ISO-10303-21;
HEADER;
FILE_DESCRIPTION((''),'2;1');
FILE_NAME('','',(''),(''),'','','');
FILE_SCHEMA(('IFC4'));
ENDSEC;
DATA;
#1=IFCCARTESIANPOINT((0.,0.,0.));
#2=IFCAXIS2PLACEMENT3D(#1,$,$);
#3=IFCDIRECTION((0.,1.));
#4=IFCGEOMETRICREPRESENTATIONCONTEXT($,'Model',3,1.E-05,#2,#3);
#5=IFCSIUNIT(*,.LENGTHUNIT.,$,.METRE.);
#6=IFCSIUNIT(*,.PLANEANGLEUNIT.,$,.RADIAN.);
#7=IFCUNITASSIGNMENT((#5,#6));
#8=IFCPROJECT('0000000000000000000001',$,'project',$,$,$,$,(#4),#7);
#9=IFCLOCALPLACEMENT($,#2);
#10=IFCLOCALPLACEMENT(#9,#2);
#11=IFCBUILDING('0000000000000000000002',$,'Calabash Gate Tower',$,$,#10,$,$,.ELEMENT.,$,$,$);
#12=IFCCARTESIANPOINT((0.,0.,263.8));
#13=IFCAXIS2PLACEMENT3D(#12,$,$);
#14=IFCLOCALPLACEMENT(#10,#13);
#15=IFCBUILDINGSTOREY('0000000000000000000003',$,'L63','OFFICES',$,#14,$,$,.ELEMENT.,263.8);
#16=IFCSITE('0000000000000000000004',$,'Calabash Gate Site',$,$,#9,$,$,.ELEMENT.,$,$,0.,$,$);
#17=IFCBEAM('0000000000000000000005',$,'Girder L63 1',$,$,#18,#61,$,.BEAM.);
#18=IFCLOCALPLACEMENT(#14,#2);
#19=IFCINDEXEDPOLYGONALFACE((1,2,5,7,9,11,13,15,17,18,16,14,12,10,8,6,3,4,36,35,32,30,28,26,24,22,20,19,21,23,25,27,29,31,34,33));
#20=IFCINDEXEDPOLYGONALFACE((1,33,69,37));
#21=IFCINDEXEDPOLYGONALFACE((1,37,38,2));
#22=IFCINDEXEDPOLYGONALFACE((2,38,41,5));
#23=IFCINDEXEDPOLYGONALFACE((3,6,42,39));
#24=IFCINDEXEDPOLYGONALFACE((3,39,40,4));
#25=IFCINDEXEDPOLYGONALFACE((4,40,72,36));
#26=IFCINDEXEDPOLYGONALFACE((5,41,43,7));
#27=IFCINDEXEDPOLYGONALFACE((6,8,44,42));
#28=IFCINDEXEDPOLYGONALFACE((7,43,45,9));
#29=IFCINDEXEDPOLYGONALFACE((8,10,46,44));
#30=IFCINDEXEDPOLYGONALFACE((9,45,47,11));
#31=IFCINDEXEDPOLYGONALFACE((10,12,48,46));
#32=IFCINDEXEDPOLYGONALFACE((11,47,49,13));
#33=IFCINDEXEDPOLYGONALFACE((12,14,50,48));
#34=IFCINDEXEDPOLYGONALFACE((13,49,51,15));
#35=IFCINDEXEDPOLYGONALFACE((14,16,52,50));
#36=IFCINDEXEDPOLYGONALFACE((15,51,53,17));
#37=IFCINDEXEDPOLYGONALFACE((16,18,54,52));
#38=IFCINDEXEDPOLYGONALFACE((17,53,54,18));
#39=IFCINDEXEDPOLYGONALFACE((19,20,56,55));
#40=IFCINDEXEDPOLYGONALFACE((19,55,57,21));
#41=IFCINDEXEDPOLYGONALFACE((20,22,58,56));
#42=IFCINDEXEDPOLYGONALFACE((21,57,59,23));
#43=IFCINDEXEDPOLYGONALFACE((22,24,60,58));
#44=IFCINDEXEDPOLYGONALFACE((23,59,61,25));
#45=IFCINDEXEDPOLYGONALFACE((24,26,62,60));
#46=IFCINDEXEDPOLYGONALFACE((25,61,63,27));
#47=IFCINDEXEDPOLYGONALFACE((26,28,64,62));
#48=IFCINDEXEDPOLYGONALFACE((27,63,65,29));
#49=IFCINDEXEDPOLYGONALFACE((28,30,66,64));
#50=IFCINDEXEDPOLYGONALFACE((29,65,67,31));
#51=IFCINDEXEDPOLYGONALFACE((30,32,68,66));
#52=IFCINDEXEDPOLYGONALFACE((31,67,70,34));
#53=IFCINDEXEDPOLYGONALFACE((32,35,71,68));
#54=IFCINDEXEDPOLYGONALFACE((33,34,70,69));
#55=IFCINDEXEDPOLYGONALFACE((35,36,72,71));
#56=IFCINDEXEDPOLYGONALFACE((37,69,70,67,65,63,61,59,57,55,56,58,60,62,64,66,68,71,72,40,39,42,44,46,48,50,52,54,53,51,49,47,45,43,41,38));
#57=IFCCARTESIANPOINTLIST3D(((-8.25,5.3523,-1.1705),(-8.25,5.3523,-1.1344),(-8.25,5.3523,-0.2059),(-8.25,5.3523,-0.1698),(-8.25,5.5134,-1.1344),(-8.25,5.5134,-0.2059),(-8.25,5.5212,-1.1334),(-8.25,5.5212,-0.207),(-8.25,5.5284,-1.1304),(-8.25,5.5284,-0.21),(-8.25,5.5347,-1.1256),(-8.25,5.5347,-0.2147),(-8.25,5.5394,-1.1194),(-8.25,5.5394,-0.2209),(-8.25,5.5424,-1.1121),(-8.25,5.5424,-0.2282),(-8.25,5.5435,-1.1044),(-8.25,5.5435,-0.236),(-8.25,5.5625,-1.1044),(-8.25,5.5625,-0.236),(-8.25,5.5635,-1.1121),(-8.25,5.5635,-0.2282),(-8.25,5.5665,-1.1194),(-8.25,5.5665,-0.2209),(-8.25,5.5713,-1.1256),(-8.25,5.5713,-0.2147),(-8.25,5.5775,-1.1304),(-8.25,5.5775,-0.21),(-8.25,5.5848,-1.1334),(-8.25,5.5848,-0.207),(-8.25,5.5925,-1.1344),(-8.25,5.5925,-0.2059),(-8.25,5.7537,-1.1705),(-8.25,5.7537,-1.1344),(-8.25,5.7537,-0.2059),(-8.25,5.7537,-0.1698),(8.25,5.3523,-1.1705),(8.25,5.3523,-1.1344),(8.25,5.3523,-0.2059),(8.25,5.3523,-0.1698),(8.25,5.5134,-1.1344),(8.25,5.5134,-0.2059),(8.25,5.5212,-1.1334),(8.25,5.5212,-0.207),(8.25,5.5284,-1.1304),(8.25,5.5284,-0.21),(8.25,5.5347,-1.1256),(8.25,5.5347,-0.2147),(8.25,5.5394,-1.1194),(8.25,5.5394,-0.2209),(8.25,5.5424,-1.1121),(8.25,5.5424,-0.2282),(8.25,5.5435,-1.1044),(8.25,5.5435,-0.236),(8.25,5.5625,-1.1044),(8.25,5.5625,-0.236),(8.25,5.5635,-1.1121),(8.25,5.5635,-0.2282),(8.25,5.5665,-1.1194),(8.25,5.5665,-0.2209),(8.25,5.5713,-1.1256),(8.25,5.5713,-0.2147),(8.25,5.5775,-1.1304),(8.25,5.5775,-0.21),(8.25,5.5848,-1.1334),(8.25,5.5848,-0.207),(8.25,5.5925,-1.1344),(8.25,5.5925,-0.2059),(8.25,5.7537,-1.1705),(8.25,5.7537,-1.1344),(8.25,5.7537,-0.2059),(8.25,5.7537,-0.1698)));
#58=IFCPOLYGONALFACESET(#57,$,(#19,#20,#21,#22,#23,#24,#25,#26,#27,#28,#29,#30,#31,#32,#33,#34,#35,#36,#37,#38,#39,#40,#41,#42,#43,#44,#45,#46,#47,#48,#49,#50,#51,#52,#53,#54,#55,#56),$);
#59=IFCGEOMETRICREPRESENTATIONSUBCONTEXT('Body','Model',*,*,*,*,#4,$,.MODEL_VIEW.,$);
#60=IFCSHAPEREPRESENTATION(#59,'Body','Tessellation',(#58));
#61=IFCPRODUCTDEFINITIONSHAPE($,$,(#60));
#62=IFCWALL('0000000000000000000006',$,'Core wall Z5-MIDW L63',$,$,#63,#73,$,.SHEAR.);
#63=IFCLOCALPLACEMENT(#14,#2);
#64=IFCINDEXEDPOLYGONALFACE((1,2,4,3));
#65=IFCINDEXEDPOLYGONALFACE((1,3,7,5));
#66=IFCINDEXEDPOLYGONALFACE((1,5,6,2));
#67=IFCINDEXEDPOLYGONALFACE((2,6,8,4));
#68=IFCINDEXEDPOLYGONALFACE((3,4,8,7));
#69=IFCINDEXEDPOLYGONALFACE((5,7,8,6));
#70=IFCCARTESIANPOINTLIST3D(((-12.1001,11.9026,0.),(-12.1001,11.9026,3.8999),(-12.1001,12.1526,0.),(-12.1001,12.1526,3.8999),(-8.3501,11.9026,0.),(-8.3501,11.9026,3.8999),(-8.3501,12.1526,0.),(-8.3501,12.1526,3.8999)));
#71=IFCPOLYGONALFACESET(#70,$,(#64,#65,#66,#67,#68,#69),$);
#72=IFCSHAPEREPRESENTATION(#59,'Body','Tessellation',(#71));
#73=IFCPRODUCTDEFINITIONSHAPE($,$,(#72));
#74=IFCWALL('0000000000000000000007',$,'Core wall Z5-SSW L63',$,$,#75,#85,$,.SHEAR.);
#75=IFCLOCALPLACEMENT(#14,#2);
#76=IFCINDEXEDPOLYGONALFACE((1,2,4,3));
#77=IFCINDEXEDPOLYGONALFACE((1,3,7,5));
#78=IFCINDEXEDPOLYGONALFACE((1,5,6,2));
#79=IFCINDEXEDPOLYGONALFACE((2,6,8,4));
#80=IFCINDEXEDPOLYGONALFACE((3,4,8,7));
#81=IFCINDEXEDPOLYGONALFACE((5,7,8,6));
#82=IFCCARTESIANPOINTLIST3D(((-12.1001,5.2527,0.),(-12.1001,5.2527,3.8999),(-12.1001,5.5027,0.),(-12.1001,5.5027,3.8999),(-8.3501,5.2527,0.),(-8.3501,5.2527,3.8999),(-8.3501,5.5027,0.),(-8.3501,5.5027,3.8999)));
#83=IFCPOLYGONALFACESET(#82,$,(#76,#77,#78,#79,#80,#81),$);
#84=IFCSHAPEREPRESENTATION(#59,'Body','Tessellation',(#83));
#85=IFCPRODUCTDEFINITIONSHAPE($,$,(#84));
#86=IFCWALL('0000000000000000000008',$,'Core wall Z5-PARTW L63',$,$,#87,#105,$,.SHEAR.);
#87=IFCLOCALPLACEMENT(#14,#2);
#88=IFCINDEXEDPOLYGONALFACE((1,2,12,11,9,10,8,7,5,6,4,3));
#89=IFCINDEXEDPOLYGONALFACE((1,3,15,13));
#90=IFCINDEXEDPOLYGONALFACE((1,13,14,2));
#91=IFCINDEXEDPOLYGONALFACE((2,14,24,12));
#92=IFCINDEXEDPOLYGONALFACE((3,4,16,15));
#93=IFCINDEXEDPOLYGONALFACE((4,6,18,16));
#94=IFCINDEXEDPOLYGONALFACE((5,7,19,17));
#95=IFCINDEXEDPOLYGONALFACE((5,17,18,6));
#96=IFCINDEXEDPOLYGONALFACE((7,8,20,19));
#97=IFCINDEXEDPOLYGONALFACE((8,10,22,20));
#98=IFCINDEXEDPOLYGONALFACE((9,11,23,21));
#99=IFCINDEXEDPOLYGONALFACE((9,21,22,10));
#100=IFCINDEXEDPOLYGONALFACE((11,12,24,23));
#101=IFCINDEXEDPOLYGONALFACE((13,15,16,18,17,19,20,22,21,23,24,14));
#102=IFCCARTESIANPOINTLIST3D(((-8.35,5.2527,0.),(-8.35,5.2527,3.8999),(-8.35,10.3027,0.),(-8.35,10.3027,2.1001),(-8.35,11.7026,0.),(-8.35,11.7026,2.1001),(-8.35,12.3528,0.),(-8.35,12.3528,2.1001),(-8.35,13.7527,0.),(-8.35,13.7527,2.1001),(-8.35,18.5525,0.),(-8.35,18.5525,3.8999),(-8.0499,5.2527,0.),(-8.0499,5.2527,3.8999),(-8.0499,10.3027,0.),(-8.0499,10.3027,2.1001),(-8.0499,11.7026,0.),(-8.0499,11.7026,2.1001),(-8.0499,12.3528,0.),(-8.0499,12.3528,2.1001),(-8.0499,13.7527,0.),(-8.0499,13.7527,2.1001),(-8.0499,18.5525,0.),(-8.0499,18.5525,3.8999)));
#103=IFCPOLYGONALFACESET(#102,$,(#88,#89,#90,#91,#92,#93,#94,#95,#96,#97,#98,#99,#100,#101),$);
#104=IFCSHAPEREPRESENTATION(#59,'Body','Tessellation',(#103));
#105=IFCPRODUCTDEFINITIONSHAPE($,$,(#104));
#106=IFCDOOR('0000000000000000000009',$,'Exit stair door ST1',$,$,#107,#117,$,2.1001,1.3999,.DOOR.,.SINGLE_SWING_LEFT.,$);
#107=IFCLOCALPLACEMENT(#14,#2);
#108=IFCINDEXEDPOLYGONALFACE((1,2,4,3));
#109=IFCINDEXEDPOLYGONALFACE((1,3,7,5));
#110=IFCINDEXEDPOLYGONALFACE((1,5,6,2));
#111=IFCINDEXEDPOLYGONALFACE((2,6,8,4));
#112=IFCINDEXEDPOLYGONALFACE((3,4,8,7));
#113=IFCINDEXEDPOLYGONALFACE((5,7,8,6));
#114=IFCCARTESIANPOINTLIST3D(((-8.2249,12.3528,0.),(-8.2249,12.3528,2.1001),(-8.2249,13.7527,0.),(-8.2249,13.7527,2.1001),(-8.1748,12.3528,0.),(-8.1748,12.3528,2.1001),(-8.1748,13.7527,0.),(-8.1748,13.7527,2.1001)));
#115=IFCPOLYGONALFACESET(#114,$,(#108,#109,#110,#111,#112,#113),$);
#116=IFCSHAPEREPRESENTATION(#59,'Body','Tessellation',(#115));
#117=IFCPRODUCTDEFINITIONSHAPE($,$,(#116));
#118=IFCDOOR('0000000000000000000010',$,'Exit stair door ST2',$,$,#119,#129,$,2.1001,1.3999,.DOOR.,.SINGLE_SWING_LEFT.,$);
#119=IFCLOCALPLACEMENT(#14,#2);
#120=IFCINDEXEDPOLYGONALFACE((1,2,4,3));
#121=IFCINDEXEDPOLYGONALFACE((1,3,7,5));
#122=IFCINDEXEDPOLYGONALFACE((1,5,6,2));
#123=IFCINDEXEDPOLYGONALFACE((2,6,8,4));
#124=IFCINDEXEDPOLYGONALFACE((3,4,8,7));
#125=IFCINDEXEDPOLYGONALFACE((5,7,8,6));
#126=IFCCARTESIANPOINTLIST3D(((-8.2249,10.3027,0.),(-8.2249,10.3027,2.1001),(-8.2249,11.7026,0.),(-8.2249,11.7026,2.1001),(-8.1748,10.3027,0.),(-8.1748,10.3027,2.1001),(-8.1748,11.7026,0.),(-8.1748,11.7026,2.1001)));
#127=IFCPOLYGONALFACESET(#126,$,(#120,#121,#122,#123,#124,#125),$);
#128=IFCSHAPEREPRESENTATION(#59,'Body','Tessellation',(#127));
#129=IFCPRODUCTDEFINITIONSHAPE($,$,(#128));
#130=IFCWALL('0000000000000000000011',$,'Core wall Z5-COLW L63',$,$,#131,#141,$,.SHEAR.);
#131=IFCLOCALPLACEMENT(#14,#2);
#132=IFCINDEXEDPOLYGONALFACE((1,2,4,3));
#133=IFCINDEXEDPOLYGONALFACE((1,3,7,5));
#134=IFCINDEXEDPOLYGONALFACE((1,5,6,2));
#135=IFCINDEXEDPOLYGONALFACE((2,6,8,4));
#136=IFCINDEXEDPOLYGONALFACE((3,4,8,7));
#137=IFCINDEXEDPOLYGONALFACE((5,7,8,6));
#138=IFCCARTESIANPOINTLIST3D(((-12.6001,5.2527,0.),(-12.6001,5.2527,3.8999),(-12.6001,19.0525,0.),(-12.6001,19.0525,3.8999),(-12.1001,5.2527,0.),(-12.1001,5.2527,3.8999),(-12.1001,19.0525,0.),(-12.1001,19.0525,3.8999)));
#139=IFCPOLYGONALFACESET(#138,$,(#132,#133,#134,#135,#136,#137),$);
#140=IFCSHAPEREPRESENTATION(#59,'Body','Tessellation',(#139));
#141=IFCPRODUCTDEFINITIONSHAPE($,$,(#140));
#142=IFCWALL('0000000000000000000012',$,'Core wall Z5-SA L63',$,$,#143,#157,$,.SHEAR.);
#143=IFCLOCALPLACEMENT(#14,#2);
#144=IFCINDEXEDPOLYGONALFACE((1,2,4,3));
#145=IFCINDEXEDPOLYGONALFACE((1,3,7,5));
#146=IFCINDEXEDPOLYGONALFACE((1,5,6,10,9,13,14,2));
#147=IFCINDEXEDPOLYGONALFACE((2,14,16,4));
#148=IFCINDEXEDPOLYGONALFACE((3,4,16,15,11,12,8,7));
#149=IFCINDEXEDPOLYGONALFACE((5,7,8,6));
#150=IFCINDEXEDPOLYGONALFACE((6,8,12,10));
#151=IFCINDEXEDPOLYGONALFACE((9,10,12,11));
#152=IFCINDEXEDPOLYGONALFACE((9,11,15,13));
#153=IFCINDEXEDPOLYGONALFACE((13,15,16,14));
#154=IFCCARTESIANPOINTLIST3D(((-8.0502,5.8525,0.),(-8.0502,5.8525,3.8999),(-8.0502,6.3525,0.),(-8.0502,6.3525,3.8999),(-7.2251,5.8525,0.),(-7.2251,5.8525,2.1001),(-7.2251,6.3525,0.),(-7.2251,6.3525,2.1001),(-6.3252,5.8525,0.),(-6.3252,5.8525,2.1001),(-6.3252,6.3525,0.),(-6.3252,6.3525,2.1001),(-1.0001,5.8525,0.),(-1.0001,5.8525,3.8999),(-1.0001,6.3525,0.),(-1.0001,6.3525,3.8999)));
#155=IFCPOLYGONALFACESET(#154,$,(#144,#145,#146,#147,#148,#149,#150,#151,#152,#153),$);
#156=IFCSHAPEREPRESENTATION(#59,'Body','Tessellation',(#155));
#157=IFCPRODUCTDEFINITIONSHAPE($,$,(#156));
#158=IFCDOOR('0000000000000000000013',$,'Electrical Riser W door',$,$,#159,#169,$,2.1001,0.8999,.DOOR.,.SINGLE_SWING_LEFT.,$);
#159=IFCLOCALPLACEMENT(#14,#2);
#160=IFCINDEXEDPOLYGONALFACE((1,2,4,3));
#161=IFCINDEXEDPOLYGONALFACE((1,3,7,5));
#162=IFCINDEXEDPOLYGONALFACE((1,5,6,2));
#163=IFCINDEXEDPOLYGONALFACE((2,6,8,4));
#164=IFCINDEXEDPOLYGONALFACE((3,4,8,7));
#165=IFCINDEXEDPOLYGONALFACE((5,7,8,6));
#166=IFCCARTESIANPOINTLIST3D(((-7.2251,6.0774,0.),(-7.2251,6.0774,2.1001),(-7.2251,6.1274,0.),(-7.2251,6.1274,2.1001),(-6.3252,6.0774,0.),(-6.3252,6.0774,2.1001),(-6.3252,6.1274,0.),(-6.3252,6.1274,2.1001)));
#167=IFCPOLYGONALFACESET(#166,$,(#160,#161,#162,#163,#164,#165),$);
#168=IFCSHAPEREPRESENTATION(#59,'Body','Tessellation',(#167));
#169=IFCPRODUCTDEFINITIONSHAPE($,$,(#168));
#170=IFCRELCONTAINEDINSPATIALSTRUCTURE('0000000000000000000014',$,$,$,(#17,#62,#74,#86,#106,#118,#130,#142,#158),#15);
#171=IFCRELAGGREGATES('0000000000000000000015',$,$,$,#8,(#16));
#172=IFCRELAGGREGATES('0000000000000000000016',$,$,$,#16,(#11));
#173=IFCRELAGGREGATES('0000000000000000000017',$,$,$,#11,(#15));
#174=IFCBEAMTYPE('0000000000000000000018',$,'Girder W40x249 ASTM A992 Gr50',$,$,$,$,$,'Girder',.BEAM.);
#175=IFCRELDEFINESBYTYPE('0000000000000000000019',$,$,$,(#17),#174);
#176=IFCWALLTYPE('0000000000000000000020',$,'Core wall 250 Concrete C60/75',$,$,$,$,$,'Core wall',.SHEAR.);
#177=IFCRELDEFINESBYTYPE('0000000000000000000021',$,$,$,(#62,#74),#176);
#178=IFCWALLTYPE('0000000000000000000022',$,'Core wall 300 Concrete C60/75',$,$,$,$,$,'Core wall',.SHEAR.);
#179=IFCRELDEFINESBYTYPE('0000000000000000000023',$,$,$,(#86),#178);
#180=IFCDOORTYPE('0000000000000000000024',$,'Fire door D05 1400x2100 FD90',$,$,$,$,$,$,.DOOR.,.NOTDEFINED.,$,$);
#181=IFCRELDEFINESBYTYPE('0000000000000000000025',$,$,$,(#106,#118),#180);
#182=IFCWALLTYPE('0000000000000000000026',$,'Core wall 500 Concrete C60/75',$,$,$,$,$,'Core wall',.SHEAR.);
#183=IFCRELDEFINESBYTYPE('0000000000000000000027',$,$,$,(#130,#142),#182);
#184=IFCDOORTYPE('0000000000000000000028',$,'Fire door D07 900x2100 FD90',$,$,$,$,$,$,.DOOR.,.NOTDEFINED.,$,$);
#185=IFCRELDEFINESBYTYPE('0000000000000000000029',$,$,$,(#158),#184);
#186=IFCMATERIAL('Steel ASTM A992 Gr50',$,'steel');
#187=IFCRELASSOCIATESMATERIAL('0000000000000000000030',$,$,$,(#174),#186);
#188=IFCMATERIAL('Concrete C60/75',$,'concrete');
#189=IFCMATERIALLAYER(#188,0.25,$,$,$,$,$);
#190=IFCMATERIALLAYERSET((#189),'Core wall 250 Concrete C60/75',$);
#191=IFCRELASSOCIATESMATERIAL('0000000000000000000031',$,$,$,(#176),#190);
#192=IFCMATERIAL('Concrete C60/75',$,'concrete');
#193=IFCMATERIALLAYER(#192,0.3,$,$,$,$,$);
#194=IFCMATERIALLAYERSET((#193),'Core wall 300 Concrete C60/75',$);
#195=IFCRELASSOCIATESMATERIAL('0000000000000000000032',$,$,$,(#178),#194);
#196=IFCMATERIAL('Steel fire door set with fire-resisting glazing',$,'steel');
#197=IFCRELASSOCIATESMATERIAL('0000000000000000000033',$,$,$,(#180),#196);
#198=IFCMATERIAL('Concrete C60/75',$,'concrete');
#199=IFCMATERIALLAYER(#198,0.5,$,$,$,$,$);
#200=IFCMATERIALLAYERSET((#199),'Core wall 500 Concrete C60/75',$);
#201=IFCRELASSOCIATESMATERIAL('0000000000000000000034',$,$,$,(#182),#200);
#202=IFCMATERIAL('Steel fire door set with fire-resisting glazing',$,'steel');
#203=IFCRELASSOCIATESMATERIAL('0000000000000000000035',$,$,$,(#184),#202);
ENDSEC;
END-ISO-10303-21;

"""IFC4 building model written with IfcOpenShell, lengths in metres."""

from ifc_helpers import new_model, si_unit, direction, frame, frame_2d, origin, origin_2d, place, context, subcontext, project, spatial, rectangle, i_section, extrude, material, layer, layer_set, material_profile, profile_set, type_object, element, fill, save


model = new_model("IFC4")

# Units and contexts
model_context = context("Model", 3, precision=1e-05, world=origin(), true_north=direction((0.0, 1.0)))
body_context = subcontext(model_context, "Body", "Model", "MODEL_VIEW")
ifc_project = project(units=[si_unit("LENGTHUNIT", "METRE"), si_unit("PLANEANGLEUNIT", "RADIAN")], contexts=[model_context])

# Site, building, storey
site_placement = place(None, origin())
site = spatial("IfcSite", under=ifc_project, at=site_placement, Name="Calabash Gate Site", CompositionType="ELEMENT", RefElevation=0.0)
building_placement = place(site_placement, origin())
building = spatial("IfcBuilding", under=site, at=building_placement, Name="Calabash Gate Tower", CompositionType="ELEMENT")
storey_placement = place(building_placement, frame((0.0, 0.0, 263.8)))
storey = spatial("IfcBuildingStorey", under=building, at=storey_placement, Name="L63", Description="OFFICES", CompositionType="ELEMENT", Elevation=263.8)

# Beam
ifc_material_1 = material(Name="Steel ASTM A992 Gr50", Category="steel")
ifc_material_profile = material_profile(ifc_material_1, i_section(OverallWidth=0.4014, OverallDepth=1.0007, WebThickness=0.019, FlangeThickness=0.0361, FilletRadius=0.03, at=origin_2d()))
ifc_profile_set = profile_set([ifc_material_profile], Name="Steel ASTM A992 Gr50")
beam_type = type_object("IfcBeamType", Name="Girder W40x249 ASTM A992 Gr50", ElementType="Girder", PredefinedType="BEAM", material=ifc_profile_set)
beam_placement = place(storey_placement, frame((-8.25, 5.553, -0.6702), z_axis=(1.0, 0.0, 0.0), x_axis=(0.0, 1.0, 0.0)))
element("IfcBeam", 1, at=beam_placement, inside=storey, type_object=beam_type, Name="Girder L63 1", PredefinedType="BEAM", context=body_context, shape_type="SweptSolid", body=[
    extrude(i_section(OverallWidth=0.4014, OverallDepth=1.0007, WebThickness=0.019, FlangeThickness=0.0361, FilletRadius=0.03, at=origin_2d()), origin(), (0.0, 0.0, 1.0), 16.5),
])

# Walls
ifc_material_2 = material(Name="Concrete C60/75", Category="concrete")
ifc_layer_1 = layer(ifc_material_2, 0.25)
ifc_layer_set_1 = layer_set([ifc_layer_1], Name="Core wall 250 Concrete C60/75")
wall_type_1 = type_object("IfcWallType", Name="Core wall 250 Concrete C60/75", ElementType="Core wall", PredefinedType="SHEAR", material=ifc_layer_set_1)
for number, where, z_axis, x_axis, name in (
    (2, (-12.1001, 12.0276, 0.0), (0.0, 0.0, 1.0), (1.0, 0.0, 0.0), "Core wall Z5-MIDW L63"),
    (3, (-12.1001, 5.3777, 0.0), (0.0, 0.0, 1.0), (1.0, 0.0, 0.0), "Core wall Z5-SSW L63"),
):
    element("IfcWall", number, at=place(storey_placement, frame(where, z_axis=z_axis, x_axis=x_axis)), inside=storey, type_object=wall_type_1, Name=name, PredefinedType="SHEAR", context=body_context, shape_type="SweptSolid", body=[
        extrude(rectangle(XDim=3.75, YDim=0.25, at=frame_2d((1.875, 0.0))), origin(), (0.0, 0.0, 1.0), 3.8999),
    ])

# Wall, openings, doors
ifc_material_3 = material(Name="Concrete C60/75", Category="concrete")
ifc_layer_2 = layer(ifc_material_3, 0.3)
ifc_layer_set_2 = layer_set([ifc_layer_2], Name="Core wall 300 Concrete C60/75")
wall_type_2 = type_object("IfcWallType", Name="Core wall 300 Concrete C60/75", ElementType="Core wall", PredefinedType="SHEAR", material=ifc_layer_set_2)
wall_1_placement = place(storey_placement, frame((-8.2, 5.2527, 0.0), z_axis=(0.0, 0.0, 1.0), x_axis=(0.0, 1.0, 0.0)))
wall_1 = element("IfcWall", 4, at=wall_1_placement, inside=storey, type_object=wall_type_2, Name="Core wall Z5-PARTW L63", PredefinedType="SHEAR", context=body_context, shape_type="SweptSolid", body=[
    extrude(rectangle(XDim=13.2998, YDim=0.3, at=frame_2d((6.6499, 0.0))), origin(), (0.0, 0.0, 1.0), 3.8999),
])
opening_1_placement = place(wall_1_placement, frame((7.1001, 0.0, 0.0)))
opening_1 = element("IfcOpeningElement", 5, at=opening_1_placement, cuts=wall_1, PredefinedType="OPENING", context=body_context, shape_type="SweptSolid", body=[
    extrude(rectangle(XDim=1.3999, YDim=2.1001, at=frame_2d((0.7, 1.05))), frame((0.0, 0.1599, 0.0), z_axis=(0.0, -1.0, 0.0), x_axis=(1.0, 0.0, 0.0)), (0.0, 0.0, 1.0), 0.3201),
])
opening_2_placement = place(wall_1_placement, frame((5.05, 0.0, 0.0)))
opening_2 = element("IfcOpeningElement", 6, at=opening_2_placement, cuts=wall_1, PredefinedType="OPENING", context=body_context, shape_type="SweptSolid", body=[
    extrude(rectangle(XDim=1.3999, YDim=2.1001, at=frame_2d((0.7, 1.05))), frame((0.0, 0.1599, 0.0), z_axis=(0.0, -1.0, 0.0), x_axis=(1.0, 0.0, 0.0)), (0.0, 0.0, 1.0), 0.3201),
])
ifc_material_4 = material(Name="Steel fire door set with fire-resisting glazing", Category="steel")
door_type_1 = type_object("IfcDoorType", Name="Fire door D05 1400x2100 FD90", OperationType="NOTDEFINED", PredefinedType="DOOR", material=ifc_material_4)
door_1_placement = place(opening_1_placement, origin())
door_1 = element("IfcDoor", 7, at=door_1_placement, inside=storey, type_object=door_type_1, Name="Exit stair door ST1", OperationType="SINGLE_SWING_LEFT", OverallHeight=2.1001, OverallWidth=1.3999, PredefinedType="DOOR", context=body_context, shape_type="SweptSolid", body=[
    extrude(rectangle(XDim=1.3999, YDim=2.1001, at=frame_2d((0.7, 1.05))), frame((0.0, 0.0249, 0.0), z_axis=(0.0, -1.0, 0.0), x_axis=(1.0, 0.0, 0.0)), (0.0, 0.0, 1.0), 0.05),
])
fill(opening_1, door_1)
door_2_placement = place(opening_2_placement, origin())
door_2 = element("IfcDoor", 8, at=door_2_placement, inside=storey, type_object=door_type_1, Name="Exit stair door ST2", OperationType="SINGLE_SWING_LEFT", OverallHeight=2.1001, OverallWidth=1.3999, PredefinedType="DOOR", context=body_context, shape_type="SweptSolid", body=[
    extrude(rectangle(XDim=1.3999, YDim=2.1001, at=frame_2d((0.7, 1.05))), frame((0.0, 0.0249, 0.0), z_axis=(0.0, -1.0, 0.0), x_axis=(1.0, 0.0, 0.0)), (0.0, 0.0, 1.0), 0.05),
])
fill(opening_2, door_2)

# Wall
ifc_material_5 = material(Name="Concrete C60/75", Category="concrete")
ifc_layer_3 = layer(ifc_material_5, 0.5)
ifc_layer_set_3 = layer_set([ifc_layer_3], Name="Core wall 500 Concrete C60/75")
wall_type_3 = type_object("IfcWallType", Name="Core wall 500 Concrete C60/75", ElementType="Core wall", PredefinedType="SHEAR", material=ifc_layer_set_3)
wall_2_placement = place(storey_placement, frame((-12.3501, 5.2527, 0.0), z_axis=(0.0, 0.0, 1.0), x_axis=(0.0, 1.0, 0.0)))
element("IfcWall", 9, at=wall_2_placement, inside=storey, type_object=wall_type_3, Name="Core wall Z5-COLW L63", PredefinedType="SHEAR", context=body_context, shape_type="SweptSolid", body=[
    extrude(rectangle(XDim=13.7998, YDim=0.5, at=frame_2d((6.8999, 0.0))), origin(), (0.0, 0.0, 1.0), 3.8999),
])

# Wall, opening, door
wall_3_placement = place(storey_placement, frame((-8.05, 6.1025, 0.0), z_axis=(0.0, 0.0, 1.0), x_axis=(1.0, 0.0, 0.0)))
wall_3 = element("IfcWall", 10, at=wall_3_placement, inside=storey, type_object=wall_type_3, Name="Core wall Z5-SA L63", PredefinedType="SHEAR", context=body_context, shape_type="SweptSolid", body=[
    extrude(rectangle(XDim=7.05, YDim=0.5, at=frame_2d((3.5249, 0.0))), origin(), (0.0, 0.0, 1.0), 3.8999),
])
opening_3_placement = place(wall_3_placement, frame((0.825, 0.0, 0.0)))
opening_3 = element("IfcOpeningElement", 11, at=opening_3_placement, cuts=wall_3, PredefinedType="OPENING", context=body_context, shape_type="SweptSolid", body=[
    extrude(rectangle(XDim=0.8999, YDim=2.1001, at=frame_2d((0.45, 1.05))), frame((0.0, 0.26, 0.0), z_axis=(0.0, -1.0, 0.0), x_axis=(1.0, 0.0, 0.0)), (0.0, 0.0, 1.0), 0.52),
])
ifc_material_6 = material(Name="Steel fire door set with fire-resisting glazing", Category="steel")
door_type_2 = type_object("IfcDoorType", Name="Fire door D07 900x2100 FD90", OperationType="NOTDEFINED", PredefinedType="DOOR", material=ifc_material_6)
door_3_placement = place(opening_3_placement, origin())
door_3 = element("IfcDoor", 12, at=door_3_placement, inside=storey, type_object=door_type_2, Name="Electrical Riser W door", OperationType="SINGLE_SWING_LEFT", OverallHeight=2.1001, OverallWidth=0.8999, PredefinedType="DOOR", context=body_context, shape_type="SweptSolid", body=[
    extrude(rectangle(XDim=0.8999, YDim=2.1001, at=frame_2d((0.45, 1.05))), frame((0.0, 0.0249, 0.0), z_axis=(0.0, -1.0, 0.0), x_axis=(1.0, 0.0, 0.0)), (0.0, 0.0, 1.0), 0.05),
])
fill(opening_3, door_3)

save(model, "model.ifc")
